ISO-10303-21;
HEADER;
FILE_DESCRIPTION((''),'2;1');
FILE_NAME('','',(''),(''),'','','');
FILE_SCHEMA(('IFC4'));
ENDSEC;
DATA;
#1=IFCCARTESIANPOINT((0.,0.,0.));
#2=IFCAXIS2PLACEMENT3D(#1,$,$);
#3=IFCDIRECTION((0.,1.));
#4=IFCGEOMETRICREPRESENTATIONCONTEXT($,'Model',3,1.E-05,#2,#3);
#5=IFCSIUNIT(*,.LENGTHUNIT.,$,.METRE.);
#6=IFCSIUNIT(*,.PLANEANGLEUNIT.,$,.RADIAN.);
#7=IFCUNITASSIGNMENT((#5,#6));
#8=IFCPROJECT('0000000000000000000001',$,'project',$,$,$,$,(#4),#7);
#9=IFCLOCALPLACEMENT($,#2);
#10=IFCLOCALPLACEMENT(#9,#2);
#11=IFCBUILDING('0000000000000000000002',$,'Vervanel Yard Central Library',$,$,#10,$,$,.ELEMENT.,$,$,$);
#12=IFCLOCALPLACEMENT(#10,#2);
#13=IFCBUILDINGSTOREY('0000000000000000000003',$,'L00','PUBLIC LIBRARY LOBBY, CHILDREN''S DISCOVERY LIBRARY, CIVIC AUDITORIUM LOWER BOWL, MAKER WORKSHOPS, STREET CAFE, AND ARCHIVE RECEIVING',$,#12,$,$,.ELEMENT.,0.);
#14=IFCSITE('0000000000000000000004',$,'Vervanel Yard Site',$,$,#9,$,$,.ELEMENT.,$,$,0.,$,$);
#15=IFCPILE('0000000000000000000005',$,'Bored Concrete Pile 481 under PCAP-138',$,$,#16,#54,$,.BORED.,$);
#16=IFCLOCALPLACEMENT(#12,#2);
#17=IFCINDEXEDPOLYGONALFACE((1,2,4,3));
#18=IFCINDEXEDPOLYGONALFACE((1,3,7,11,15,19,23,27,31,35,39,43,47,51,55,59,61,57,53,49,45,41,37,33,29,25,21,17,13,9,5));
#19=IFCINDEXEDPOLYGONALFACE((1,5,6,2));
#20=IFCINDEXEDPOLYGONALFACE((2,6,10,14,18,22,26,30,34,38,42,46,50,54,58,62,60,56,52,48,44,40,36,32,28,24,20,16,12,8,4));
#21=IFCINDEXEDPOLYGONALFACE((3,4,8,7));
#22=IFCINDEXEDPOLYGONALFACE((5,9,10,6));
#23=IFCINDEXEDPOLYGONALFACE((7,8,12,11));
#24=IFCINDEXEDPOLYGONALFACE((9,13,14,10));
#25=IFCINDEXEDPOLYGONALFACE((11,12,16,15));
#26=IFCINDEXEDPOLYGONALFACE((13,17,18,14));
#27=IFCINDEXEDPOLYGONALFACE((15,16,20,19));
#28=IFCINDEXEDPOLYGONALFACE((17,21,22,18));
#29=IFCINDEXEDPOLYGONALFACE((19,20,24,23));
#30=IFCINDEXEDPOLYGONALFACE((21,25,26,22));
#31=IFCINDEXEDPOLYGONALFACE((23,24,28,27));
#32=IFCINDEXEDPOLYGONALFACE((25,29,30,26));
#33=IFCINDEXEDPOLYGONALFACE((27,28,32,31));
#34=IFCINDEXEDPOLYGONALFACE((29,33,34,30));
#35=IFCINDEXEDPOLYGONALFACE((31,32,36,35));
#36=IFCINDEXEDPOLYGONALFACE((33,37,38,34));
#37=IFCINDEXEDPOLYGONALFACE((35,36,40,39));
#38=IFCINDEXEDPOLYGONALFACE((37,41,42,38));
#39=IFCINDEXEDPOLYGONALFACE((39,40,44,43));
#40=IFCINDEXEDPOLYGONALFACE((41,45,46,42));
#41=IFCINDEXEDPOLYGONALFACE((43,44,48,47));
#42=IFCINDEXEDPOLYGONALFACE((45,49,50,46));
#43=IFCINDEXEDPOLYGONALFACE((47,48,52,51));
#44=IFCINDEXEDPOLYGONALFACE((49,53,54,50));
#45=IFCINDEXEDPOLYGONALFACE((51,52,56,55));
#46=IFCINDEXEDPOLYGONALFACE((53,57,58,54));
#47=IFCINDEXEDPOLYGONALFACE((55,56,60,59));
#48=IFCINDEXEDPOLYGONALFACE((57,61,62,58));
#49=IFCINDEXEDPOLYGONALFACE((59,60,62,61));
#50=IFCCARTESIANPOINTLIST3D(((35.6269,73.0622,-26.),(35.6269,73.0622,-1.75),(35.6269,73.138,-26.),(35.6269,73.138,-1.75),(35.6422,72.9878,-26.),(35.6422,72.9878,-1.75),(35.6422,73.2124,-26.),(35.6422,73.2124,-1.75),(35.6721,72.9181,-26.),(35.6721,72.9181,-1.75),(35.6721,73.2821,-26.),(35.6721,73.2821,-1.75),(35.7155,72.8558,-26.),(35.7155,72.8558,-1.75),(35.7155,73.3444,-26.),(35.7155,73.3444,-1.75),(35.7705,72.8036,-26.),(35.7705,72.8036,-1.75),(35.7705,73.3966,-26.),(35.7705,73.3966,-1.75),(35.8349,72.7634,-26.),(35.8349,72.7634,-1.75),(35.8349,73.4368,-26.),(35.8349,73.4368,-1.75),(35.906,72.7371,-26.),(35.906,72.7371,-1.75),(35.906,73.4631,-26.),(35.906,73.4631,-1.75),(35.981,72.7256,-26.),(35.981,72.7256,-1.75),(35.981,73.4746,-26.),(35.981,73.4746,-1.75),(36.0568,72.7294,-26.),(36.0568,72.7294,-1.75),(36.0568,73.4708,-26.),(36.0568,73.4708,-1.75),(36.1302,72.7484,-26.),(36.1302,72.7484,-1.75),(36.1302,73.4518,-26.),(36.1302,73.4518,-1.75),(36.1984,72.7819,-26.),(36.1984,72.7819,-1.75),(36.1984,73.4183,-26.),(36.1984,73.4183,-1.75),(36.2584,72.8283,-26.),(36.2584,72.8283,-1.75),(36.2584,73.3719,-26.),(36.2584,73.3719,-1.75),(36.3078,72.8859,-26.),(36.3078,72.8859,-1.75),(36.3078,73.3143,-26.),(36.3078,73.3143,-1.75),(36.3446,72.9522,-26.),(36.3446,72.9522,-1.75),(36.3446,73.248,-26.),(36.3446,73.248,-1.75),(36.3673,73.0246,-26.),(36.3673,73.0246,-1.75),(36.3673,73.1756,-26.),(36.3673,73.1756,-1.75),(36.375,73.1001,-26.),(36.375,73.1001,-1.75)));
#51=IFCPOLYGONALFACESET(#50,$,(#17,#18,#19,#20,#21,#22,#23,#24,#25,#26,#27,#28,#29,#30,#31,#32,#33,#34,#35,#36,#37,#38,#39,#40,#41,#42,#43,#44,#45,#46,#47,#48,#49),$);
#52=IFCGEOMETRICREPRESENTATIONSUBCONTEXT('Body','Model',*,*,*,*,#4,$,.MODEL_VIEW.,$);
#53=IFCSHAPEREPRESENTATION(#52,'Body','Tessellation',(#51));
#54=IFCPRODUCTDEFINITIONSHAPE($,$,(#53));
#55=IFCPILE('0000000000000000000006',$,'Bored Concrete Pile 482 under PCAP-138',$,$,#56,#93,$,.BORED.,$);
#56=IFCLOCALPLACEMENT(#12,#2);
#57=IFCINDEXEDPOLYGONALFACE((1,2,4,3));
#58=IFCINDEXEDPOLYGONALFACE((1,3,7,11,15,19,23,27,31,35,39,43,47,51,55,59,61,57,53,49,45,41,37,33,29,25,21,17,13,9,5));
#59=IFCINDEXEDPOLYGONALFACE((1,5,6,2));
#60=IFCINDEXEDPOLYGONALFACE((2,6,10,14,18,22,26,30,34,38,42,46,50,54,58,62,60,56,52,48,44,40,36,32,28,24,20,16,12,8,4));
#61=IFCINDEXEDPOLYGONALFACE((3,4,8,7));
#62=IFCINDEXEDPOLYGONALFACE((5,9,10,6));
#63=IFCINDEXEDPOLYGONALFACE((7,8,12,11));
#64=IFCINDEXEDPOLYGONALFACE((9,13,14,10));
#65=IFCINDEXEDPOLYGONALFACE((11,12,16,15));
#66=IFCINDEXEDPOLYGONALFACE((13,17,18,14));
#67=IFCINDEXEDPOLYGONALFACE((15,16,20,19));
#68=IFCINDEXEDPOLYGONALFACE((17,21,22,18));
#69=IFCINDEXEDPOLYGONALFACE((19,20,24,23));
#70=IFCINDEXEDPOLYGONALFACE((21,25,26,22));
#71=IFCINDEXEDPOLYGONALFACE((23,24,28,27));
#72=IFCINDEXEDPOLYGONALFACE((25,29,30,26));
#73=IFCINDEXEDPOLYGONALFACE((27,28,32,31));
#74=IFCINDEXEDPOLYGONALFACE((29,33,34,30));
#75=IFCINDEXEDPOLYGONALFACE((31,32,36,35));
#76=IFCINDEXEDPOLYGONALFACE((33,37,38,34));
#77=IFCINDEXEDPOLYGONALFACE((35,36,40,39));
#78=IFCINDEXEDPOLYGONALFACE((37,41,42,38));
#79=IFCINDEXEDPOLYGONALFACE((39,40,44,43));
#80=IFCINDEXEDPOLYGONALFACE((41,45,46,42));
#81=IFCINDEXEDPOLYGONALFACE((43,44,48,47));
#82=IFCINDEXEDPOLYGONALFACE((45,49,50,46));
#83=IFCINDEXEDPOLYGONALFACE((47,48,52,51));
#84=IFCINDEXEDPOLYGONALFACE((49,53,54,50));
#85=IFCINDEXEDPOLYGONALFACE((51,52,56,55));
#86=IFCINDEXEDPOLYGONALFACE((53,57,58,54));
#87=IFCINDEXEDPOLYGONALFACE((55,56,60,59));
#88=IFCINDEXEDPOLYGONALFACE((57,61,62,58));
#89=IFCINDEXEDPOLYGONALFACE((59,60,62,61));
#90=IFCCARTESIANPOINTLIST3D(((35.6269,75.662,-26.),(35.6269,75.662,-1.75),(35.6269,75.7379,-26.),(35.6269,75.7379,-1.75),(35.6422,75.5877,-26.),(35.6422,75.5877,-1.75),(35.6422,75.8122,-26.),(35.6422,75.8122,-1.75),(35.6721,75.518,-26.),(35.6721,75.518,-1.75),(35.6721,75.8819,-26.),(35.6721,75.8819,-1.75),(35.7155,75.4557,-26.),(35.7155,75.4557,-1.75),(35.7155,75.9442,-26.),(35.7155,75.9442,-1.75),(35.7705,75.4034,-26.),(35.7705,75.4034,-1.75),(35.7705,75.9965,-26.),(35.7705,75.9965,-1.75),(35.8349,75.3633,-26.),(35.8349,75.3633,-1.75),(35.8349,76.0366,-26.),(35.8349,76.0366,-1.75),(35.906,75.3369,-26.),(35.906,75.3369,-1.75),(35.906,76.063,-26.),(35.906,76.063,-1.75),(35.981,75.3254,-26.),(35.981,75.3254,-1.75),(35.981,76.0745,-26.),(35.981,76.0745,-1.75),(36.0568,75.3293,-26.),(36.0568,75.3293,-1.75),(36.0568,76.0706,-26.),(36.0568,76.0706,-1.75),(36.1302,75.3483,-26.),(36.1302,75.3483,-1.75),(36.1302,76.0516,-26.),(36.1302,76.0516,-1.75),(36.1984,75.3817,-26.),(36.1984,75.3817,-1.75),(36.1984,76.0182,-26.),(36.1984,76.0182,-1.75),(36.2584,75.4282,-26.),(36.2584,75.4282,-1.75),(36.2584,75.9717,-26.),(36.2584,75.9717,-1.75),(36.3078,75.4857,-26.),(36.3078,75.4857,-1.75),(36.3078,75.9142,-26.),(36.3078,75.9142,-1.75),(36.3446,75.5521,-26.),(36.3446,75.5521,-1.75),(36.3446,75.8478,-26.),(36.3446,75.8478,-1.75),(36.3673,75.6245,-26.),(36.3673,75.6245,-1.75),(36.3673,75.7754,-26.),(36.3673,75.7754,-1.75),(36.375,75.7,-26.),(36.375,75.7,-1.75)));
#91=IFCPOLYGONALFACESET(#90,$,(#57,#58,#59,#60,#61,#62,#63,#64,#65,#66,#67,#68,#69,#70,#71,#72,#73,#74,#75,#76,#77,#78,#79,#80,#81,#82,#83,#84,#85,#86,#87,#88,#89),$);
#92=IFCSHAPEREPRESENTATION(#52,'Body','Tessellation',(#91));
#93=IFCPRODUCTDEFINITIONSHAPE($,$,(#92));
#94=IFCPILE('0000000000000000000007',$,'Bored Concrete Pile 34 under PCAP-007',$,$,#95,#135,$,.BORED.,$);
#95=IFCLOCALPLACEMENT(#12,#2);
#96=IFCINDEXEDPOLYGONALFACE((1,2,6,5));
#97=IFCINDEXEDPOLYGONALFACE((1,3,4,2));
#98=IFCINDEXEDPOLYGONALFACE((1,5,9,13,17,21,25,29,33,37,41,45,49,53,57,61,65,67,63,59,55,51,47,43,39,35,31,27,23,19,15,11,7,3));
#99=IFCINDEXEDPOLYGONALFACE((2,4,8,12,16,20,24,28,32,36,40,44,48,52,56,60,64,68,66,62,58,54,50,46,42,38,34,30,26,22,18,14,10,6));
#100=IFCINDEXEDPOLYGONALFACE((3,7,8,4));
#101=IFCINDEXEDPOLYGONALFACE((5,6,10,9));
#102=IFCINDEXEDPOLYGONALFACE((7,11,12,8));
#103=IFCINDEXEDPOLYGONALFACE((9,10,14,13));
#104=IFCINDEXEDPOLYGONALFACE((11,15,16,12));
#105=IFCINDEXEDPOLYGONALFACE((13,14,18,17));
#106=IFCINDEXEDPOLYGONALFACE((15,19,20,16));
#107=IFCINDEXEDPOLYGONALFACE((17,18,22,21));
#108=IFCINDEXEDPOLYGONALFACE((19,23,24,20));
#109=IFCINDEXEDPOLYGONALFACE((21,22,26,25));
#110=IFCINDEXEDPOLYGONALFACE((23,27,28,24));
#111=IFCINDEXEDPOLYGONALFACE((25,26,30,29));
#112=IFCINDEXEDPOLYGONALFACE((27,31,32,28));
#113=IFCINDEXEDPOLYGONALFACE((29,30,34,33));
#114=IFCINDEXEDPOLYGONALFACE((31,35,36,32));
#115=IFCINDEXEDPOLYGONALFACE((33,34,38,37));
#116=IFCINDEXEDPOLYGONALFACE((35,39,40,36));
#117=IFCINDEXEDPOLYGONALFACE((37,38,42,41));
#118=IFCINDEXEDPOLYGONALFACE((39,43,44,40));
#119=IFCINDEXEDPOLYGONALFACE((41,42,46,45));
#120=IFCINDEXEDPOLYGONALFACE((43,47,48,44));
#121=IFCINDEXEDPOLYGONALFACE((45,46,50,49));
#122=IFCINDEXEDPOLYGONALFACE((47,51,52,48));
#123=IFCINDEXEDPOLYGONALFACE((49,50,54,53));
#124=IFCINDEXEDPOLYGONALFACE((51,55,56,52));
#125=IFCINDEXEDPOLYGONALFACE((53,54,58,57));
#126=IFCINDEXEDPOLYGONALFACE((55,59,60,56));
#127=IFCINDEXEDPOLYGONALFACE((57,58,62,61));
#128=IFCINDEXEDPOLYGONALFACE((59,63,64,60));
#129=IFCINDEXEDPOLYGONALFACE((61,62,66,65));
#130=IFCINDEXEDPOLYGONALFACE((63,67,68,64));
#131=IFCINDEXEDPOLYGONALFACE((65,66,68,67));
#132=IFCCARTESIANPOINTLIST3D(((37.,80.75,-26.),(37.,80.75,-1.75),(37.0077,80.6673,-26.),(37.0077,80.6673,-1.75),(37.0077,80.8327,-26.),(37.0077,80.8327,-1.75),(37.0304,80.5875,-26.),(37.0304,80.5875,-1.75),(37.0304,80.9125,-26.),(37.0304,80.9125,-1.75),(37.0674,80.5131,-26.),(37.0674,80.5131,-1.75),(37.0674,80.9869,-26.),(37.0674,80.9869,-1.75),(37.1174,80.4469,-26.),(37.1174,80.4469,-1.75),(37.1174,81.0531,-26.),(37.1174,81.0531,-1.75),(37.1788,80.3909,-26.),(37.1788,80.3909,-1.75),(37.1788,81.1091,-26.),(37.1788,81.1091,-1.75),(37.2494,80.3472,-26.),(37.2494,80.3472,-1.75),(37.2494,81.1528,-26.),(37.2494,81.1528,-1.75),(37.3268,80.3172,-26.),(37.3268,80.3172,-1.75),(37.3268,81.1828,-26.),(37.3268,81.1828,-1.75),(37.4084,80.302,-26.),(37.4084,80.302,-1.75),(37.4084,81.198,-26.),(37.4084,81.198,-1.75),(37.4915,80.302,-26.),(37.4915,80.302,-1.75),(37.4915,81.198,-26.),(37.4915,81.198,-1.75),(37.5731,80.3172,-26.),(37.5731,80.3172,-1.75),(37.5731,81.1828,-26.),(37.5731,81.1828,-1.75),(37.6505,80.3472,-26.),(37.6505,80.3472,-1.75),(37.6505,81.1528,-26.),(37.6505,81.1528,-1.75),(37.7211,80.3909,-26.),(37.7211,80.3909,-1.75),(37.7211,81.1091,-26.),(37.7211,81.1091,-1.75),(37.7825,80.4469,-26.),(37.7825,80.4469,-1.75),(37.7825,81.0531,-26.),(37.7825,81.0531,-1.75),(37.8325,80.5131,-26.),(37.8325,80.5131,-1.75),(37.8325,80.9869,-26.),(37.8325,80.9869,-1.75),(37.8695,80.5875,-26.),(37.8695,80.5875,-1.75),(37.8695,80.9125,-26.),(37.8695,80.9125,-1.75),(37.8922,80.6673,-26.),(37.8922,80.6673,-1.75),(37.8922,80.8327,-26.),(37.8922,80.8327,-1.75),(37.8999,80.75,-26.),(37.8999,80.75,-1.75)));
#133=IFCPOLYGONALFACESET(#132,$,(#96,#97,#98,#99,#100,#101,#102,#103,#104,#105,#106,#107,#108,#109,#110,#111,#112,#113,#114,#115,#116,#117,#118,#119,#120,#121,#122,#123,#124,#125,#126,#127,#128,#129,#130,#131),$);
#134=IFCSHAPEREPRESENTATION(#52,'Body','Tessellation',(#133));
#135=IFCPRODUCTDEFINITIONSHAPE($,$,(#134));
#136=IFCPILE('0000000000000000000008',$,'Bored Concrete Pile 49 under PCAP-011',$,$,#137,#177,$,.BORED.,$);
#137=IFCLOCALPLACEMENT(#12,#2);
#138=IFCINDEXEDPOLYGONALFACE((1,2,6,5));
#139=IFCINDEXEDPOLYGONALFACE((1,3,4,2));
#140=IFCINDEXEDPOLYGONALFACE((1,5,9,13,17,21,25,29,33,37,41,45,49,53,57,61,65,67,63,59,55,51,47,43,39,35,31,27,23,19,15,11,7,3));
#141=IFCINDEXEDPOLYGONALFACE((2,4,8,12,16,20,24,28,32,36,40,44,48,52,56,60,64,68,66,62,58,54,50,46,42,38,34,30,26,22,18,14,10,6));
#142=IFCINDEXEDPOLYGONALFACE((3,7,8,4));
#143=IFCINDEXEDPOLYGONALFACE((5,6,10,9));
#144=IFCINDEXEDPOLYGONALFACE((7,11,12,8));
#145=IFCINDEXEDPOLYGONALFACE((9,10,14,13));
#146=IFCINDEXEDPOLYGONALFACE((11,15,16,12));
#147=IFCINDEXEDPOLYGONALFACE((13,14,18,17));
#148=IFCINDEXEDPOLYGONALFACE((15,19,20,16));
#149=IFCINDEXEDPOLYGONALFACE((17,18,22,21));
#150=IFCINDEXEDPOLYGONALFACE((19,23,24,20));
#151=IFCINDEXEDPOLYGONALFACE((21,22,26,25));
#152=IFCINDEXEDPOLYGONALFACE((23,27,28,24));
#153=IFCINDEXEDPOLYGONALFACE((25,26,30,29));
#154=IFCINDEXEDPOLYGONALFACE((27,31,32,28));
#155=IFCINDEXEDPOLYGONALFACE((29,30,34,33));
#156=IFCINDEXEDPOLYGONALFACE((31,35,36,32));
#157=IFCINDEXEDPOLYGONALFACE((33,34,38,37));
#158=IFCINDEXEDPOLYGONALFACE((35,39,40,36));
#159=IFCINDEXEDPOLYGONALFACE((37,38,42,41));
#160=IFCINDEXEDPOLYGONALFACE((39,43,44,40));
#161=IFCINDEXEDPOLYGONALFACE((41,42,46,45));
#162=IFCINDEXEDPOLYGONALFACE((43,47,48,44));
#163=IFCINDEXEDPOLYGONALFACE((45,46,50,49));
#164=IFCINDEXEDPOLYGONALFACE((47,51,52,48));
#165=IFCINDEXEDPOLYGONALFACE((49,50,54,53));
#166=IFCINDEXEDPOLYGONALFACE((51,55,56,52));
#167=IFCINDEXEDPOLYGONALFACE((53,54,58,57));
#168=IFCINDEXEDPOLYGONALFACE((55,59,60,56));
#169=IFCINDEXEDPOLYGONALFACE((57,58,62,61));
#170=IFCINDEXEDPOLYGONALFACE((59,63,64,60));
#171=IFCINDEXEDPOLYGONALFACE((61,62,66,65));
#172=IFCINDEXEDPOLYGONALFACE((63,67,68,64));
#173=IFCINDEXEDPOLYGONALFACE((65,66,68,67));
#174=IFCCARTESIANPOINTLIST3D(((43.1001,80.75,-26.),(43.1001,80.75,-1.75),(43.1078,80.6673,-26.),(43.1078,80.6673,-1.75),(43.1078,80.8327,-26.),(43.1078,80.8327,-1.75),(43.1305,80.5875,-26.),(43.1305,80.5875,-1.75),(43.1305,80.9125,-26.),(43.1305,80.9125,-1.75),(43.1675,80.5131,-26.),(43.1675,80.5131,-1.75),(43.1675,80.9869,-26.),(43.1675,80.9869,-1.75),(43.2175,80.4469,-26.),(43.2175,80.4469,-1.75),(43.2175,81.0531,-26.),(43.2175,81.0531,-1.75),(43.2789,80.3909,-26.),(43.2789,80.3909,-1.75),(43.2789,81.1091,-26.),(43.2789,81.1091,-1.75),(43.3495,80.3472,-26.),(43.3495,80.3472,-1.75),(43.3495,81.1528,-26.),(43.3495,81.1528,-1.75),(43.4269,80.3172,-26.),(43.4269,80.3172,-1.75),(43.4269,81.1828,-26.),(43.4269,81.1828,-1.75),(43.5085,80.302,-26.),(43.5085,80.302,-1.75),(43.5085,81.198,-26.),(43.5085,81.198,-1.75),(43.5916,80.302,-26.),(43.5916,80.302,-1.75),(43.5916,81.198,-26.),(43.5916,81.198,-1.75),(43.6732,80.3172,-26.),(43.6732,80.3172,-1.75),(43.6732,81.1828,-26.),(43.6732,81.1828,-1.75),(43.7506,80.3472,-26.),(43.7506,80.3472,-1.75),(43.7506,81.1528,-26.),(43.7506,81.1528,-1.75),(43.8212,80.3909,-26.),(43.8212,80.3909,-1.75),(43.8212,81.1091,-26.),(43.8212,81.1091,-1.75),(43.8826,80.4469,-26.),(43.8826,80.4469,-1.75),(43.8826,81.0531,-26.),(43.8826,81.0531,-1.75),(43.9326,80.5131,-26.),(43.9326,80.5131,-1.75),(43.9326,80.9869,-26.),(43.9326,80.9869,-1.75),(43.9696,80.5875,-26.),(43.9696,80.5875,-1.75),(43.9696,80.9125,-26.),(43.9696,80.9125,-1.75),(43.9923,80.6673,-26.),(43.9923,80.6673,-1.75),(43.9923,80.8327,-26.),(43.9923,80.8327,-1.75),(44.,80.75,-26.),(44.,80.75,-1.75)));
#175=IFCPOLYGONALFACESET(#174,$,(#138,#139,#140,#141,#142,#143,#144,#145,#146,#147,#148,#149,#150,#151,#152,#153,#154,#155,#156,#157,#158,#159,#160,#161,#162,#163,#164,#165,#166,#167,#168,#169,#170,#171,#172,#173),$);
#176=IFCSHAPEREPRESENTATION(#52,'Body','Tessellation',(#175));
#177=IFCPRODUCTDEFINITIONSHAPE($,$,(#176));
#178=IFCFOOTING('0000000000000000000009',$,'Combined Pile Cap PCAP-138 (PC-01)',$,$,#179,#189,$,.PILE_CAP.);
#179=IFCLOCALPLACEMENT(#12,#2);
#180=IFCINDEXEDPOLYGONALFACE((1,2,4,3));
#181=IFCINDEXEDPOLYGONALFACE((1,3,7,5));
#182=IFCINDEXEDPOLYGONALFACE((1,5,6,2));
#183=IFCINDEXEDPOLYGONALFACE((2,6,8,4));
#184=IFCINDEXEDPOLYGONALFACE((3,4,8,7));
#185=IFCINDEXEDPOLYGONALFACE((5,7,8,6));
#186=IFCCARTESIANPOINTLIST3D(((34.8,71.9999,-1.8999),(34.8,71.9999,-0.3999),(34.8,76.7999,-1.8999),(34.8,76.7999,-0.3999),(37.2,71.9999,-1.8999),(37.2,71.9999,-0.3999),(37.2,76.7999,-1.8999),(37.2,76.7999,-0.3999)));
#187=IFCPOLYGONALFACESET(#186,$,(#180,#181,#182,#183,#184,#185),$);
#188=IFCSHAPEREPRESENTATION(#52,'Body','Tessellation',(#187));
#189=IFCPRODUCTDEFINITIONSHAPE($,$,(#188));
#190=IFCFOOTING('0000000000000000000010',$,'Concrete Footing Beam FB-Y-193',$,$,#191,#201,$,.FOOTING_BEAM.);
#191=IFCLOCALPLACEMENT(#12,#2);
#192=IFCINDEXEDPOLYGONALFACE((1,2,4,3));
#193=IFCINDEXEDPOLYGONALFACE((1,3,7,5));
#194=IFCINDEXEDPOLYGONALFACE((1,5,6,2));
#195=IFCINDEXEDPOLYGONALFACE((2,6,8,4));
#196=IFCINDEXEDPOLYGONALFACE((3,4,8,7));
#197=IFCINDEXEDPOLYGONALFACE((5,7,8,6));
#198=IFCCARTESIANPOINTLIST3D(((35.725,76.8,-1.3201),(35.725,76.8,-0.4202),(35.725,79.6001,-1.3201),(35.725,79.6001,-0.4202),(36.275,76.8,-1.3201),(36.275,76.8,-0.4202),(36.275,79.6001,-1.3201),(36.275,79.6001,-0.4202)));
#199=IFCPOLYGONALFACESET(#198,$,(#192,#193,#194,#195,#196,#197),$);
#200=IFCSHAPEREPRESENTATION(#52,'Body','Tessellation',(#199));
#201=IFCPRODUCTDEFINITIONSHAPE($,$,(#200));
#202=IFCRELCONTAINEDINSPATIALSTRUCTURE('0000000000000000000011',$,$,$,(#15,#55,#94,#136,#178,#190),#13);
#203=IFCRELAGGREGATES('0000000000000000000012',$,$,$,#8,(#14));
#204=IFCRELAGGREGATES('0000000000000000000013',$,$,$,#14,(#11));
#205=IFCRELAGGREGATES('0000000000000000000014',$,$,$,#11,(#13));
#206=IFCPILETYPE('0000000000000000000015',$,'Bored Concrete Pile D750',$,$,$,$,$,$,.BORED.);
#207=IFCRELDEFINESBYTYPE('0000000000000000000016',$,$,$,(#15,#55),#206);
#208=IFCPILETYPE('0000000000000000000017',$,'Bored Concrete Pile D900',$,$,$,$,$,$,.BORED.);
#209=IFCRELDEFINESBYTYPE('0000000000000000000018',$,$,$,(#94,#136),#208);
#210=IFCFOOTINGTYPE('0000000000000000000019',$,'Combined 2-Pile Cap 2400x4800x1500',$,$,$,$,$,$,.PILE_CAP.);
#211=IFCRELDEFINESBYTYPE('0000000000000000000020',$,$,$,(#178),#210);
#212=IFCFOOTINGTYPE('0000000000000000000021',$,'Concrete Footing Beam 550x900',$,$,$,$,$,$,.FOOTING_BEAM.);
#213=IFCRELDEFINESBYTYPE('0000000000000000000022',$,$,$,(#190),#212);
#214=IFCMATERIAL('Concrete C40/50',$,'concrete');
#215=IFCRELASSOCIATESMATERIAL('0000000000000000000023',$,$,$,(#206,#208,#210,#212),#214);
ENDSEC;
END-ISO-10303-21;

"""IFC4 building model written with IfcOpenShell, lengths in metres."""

from ifc_helpers import new_model, si_unit, direction, frame, origin, origin_2d, place, context, subcontext, project, spatial, rectangle, circle, extrude, material, material_profile, profile_set, type_object, element, save


model = new_model("IFC4")

# Units and contexts
model_context = context("Model", 3, precision=1e-05, world=origin(), true_north=direction((0.0, 1.0)))
body_context = subcontext(model_context, "Body", "Model", "MODEL_VIEW")
ifc_project = project(units=[si_unit("LENGTHUNIT", "METRE"), si_unit("PLANEANGLEUNIT", "RADIAN")], contexts=[model_context])

# Site, building, storey
site_placement = place(None, origin())
site = spatial("IfcSite", under=ifc_project, at=site_placement, Name="Vervanel Yard Site", CompositionType="ELEMENT", RefElevation=0.0)
building_placement = place(site_placement, origin())
building = spatial("IfcBuilding", under=site, at=building_placement, Name="Vervanel Yard Central Library", CompositionType="ELEMENT")
storey_placement = place(building_placement, origin())
storey = spatial("IfcBuildingStorey", under=building, at=storey_placement, Name="L00", Description="PUBLIC LIBRARY LOBBY, CHILDREN'S DISCOVERY LIBRARY, CIVIC AUDITORIUM LOWER BOWL, MAKER WORKSHOPS, STREET CAFE, AND ARCHIVE RECEIVING", CompositionType="ELEMENT", Elevation=0.0)

# Piles
ifc_material_1 = material(Name="Concrete C40/50", Category="concrete")
ifc_material_profile_1 = material_profile(ifc_material_1, circle(Radius=0.375, at=origin_2d()), Name="BP D750", Category="concrete")
ifc_profile_set_1 = profile_set([ifc_material_profile_1], Name="Concrete C40/50")
pile_type_1 = type_object("IfcPileType", Name="Bored Concrete Pile D750", PredefinedType="BORED", material=ifc_profile_set_1)
for number, where, z_axis, x_axis, name in (
    (1, (36.0, 73.1001, -1.75), (0.0, 0.0, -1.0), (1.0, 0.0, 0.0), "Bored Concrete Pile 481 under PCAP-138"),
    (2, (36.0, 75.7, -1.75), (0.0, 0.0, -1.0), (1.0, 0.0, 0.0), "Bored Concrete Pile 482 under PCAP-138"),
):
    element("IfcPile", number, at=place(storey_placement, frame(where, z_axis=z_axis, x_axis=x_axis)), inside=storey, type_object=pile_type_1, Name=name, PredefinedType="BORED", context=body_context, shape_type="SweptSolid", body=[
        extrude(circle(Radius=0.375, at=origin_2d()), origin(), (0.0, 0.0, 1.0), 24.25),
    ])
ifc_material_profile_2 = material_profile(ifc_material_1, circle(Radius=0.45, at=origin_2d()), Name="BP D900", Category="concrete")
ifc_profile_set_2 = profile_set([ifc_material_profile_2], Name="Concrete C40/50")
pile_type_2 = type_object("IfcPileType", Name="Bored Concrete Pile D900", PredefinedType="BORED", material=ifc_profile_set_2)
for number, where, z_axis, x_axis, name in (
    (3, (37.45, 80.75, -1.75), (0.0, 0.0, -1.0), (1.0, 0.0, 0.0), "Bored Concrete Pile 34 under PCAP-007"),
    (4, (43.55, 80.75, -1.75), (0.0, 0.0, -1.0), (1.0, 0.0, 0.0), "Bored Concrete Pile 49 under PCAP-011"),
):
    element("IfcPile", number, at=place(storey_placement, frame(where, z_axis=z_axis, x_axis=x_axis)), inside=storey, type_object=pile_type_2, Name=name, PredefinedType="BORED", context=body_context, shape_type="SweptSolid", body=[
        extrude(circle(Radius=0.45, at=origin_2d()), origin(), (0.0, 0.0, 1.0), 24.25),
    ])

# Footings
footing_type_1 = type_object("IfcFootingType", Name="Combined 2-Pile Cap 2400x4800x1500", PredefinedType="PILE_CAP", material=ifc_material_1)
footing_1_placement = place(storey_placement, frame((36.0, 74.3999, -1.8999), z_axis=(0.0, 0.0, 1.0), x_axis=(1.0, 0.0, 0.0)))
element("IfcFooting", 5, at=footing_1_placement, inside=storey, type_object=footing_type_1, Name="Combined Pile Cap PCAP-138 (PC-01)", PredefinedType="PILE_CAP", context=body_context, shape_type="SweptSolid", body=[
    extrude(rectangle(XDim=2.3999, YDim=4.8, at=origin_2d()), origin(), (0.0, 0.0, 1.0), 1.5),
])
ifc_material_profile_3 = material_profile(ifc_material_1, rectangle(XDim=0.55, YDim=0.8999, at=origin_2d()), Name="RC 550x900", Category="concrete")
ifc_profile_set_3 = profile_set([ifc_material_profile_3], Name="Concrete C40/50")
footing_type_2 = type_object("IfcFootingType", Name="Concrete Footing Beam 550x900", PredefinedType="FOOTING_BEAM", material=ifc_profile_set_3)
footing_2_placement = place(storey_placement, frame((36.0, 76.8, -0.8701), z_axis=(0.0, 1.0, 0.0), x_axis=(-1.0, 0.0, 0.0)))
element("IfcFooting", 6, at=footing_2_placement, inside=storey, type_object=footing_type_2, Name="Concrete Footing Beam FB-Y-193", PredefinedType="FOOTING_BEAM", context=body_context, shape_type="SweptSolid", body=[
    extrude(rectangle(XDim=0.55, YDim=0.8999, at=origin_2d()), origin(), (0.0, 0.0, 1.0), 2.8),
])

save(model, "model.ifc")
